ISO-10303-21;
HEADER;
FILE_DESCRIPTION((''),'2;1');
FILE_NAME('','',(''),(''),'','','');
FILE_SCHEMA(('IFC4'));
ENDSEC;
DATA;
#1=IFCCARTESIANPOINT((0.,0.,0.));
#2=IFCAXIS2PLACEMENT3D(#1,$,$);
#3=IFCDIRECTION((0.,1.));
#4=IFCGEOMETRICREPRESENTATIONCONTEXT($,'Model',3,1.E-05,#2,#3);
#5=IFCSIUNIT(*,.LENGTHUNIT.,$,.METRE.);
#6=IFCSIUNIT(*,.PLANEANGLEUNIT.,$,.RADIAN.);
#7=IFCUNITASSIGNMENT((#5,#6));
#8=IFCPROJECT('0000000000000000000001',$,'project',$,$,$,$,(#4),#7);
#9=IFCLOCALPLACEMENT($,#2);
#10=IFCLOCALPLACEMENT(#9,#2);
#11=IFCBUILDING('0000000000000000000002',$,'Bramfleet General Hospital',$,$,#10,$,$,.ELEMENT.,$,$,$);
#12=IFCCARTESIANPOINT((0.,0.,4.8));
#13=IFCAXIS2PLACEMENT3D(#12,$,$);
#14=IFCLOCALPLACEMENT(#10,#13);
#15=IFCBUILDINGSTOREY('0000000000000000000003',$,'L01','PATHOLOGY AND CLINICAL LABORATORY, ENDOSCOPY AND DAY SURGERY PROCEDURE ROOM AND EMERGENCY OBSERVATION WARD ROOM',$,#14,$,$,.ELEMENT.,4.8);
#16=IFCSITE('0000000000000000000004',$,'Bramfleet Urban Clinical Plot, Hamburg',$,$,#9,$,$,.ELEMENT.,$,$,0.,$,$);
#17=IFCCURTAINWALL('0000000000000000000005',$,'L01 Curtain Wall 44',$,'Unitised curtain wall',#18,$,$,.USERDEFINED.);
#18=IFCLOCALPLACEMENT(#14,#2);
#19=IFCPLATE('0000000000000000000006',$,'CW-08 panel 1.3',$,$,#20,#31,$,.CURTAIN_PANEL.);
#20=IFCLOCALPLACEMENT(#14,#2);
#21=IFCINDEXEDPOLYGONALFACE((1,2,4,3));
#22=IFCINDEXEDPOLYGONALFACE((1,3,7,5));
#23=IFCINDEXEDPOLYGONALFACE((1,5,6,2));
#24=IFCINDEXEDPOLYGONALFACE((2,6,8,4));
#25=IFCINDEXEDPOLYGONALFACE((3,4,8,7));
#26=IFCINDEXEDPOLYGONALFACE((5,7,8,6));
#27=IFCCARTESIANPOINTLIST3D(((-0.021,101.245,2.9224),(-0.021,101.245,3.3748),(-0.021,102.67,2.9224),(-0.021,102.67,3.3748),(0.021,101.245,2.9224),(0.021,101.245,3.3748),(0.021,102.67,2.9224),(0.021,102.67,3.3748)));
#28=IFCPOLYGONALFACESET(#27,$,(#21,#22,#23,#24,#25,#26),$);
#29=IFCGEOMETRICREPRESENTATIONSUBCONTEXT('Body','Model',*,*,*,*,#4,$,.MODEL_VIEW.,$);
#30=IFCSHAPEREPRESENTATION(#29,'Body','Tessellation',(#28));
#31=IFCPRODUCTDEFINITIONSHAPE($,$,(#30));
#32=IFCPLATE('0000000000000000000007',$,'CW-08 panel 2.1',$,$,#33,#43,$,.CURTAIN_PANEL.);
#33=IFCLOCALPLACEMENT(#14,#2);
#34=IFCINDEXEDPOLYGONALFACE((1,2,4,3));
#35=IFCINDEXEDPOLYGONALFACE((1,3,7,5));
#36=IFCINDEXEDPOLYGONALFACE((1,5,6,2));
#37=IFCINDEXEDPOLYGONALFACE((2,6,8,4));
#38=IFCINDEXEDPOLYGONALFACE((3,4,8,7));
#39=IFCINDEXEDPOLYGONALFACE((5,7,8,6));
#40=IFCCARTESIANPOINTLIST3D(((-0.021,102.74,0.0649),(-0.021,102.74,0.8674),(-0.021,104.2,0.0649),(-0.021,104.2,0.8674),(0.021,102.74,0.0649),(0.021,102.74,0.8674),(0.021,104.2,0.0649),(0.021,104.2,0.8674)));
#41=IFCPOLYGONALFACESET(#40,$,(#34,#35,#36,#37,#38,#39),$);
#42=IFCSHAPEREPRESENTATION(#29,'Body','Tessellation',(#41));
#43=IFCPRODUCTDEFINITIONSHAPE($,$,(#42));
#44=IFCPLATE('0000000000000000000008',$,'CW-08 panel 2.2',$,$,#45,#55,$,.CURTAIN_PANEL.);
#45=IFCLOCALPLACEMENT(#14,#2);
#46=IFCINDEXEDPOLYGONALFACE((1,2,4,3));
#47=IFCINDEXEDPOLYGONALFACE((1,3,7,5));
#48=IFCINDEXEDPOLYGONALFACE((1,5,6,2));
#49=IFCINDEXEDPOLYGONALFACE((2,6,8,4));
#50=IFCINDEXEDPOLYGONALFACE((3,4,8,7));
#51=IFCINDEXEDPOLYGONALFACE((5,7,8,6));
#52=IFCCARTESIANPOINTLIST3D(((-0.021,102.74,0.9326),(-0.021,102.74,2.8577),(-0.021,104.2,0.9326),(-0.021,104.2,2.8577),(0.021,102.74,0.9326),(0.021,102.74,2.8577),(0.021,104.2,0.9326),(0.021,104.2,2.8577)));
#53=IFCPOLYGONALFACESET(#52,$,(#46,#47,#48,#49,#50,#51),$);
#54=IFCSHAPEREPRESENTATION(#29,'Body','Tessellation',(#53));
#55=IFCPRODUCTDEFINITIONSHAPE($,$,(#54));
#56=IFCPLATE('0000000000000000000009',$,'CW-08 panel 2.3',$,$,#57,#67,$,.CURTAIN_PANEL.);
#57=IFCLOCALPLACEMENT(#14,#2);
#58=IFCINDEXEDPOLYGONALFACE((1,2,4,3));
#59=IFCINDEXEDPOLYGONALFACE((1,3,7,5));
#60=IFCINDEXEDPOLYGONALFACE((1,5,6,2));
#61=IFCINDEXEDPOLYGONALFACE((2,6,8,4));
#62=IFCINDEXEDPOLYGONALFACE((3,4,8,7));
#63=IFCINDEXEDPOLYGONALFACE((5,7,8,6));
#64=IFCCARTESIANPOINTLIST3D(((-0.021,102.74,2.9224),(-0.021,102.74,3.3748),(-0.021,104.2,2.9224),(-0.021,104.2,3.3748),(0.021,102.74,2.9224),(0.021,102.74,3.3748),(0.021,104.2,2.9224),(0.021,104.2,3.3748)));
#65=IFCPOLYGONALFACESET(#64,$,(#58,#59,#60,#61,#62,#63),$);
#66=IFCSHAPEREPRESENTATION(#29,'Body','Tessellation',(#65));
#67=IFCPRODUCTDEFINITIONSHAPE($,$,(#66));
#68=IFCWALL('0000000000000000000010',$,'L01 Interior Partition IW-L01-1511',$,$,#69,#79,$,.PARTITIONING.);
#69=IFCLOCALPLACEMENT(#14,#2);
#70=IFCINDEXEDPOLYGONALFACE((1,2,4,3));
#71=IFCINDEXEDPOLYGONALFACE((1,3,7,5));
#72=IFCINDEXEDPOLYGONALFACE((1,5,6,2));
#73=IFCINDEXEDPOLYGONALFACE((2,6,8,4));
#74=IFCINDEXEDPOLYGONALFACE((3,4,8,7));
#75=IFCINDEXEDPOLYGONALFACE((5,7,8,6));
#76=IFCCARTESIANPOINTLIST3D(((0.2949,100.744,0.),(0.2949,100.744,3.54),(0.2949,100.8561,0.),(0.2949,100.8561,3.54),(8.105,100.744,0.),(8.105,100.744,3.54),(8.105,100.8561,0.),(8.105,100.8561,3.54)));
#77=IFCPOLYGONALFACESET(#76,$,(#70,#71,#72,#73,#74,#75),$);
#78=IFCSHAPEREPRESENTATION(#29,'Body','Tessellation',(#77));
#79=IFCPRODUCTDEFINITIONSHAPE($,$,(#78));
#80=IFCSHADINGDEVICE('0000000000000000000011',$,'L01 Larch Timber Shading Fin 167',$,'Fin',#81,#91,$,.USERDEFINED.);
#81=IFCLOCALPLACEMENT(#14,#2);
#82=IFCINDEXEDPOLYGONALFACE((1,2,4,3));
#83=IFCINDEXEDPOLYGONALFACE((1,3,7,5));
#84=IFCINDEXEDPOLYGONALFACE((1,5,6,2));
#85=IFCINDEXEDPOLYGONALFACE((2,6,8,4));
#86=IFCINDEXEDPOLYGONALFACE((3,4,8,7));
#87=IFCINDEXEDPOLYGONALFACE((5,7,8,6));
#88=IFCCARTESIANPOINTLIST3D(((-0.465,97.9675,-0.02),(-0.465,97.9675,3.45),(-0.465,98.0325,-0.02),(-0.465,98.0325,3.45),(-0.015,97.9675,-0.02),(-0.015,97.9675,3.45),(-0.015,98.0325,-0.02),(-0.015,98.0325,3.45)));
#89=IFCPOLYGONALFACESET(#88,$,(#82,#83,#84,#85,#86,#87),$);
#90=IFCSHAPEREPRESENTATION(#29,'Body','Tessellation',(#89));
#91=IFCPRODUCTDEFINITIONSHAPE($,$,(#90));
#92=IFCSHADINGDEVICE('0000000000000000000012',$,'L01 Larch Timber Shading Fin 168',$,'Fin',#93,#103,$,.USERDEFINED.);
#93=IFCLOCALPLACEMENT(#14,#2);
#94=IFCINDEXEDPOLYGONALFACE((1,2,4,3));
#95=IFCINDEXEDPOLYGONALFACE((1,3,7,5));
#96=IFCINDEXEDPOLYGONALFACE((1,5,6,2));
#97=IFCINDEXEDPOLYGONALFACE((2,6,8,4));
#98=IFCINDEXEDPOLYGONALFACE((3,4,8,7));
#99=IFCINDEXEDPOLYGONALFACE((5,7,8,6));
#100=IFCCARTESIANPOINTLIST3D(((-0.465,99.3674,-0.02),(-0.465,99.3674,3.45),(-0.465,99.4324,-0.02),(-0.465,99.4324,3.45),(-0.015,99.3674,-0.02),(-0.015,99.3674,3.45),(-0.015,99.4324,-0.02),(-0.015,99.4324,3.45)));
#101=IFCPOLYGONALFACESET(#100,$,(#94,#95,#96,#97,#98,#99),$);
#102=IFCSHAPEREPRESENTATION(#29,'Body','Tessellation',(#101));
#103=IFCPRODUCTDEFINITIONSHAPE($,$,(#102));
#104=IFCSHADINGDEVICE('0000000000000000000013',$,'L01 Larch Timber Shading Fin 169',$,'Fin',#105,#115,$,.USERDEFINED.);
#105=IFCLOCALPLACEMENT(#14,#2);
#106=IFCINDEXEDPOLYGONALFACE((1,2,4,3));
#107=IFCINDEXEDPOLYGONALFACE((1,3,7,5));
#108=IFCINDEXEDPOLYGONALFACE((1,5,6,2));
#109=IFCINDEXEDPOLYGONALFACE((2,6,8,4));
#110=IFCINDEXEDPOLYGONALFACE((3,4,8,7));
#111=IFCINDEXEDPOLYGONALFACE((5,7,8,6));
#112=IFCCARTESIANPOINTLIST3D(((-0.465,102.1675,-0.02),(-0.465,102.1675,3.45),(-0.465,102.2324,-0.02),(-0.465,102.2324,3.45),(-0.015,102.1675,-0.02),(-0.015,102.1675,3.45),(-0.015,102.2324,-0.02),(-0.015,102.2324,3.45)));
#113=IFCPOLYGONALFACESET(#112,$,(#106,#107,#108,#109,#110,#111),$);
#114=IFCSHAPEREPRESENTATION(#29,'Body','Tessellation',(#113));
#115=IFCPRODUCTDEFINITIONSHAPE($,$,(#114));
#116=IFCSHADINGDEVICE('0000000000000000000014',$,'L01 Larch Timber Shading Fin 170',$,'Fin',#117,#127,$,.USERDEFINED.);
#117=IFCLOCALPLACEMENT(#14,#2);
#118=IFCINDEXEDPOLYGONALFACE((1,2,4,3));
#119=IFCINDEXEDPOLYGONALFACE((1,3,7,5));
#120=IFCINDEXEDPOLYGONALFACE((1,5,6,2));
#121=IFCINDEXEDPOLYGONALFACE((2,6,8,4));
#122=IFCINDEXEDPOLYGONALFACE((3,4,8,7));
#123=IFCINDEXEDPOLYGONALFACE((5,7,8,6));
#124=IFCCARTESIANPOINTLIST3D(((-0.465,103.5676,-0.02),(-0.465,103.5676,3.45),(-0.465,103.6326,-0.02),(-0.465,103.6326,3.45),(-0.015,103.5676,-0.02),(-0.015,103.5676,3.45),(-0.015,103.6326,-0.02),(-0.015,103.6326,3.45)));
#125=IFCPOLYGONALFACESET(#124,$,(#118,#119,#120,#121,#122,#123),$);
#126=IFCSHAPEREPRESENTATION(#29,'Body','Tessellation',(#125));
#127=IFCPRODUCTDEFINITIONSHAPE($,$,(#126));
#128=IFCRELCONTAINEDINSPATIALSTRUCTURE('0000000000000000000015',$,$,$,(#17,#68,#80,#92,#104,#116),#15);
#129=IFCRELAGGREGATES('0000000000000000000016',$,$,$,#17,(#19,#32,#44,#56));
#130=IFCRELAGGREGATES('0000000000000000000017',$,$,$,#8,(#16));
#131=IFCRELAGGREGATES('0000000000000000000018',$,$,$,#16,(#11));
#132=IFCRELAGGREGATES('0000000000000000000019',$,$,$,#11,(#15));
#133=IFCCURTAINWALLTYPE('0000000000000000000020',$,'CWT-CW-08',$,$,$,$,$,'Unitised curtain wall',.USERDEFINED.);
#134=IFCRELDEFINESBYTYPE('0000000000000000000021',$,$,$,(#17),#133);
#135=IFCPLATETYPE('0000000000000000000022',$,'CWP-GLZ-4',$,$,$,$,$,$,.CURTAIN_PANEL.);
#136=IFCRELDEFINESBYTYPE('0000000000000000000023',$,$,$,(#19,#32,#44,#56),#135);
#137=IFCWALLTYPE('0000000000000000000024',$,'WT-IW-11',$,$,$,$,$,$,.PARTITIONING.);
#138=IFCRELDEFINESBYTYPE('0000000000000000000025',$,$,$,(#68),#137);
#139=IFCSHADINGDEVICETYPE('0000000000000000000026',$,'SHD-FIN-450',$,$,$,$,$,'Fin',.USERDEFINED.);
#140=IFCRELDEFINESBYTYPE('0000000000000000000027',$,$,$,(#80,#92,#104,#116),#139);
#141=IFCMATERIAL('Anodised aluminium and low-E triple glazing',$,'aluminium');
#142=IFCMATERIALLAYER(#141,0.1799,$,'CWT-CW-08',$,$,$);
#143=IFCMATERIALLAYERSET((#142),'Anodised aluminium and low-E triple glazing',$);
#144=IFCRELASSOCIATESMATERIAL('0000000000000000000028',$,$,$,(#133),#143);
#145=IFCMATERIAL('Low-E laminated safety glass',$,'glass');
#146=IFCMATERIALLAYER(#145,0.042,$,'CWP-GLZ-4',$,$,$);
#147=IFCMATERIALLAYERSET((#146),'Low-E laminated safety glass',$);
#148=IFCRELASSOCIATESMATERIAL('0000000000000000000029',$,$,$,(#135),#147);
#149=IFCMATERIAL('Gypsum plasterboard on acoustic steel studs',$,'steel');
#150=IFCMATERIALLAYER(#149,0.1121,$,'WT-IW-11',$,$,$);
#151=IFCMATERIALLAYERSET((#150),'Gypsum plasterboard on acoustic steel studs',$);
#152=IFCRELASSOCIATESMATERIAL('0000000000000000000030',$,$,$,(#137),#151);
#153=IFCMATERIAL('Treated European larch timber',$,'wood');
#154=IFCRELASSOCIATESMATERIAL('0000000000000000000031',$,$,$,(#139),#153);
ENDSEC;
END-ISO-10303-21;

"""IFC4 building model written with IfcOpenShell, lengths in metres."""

from ifc_helpers import new_model, si_unit, direction, frame, frame_2d, origin, origin_2d, place, context, subcontext, project, spatial, rectangle, extrude, material, layer, layer_set, material_profile, profile_set, type_object, element, aggregate, save


model = new_model("IFC4")

# Units and contexts
model_context = context("Model", 3, precision=1e-05, world=origin(), true_north=direction((0.0, 1.0)))
body_context = subcontext(model_context, "Body", "Model", "MODEL_VIEW")
ifc_project = project(units=[si_unit("LENGTHUNIT", "METRE"), si_unit("PLANEANGLEUNIT", "RADIAN")], contexts=[model_context])

# Site, building, storey
site_placement = place(None, origin())
site = spatial("IfcSite", under=ifc_project, at=site_placement, Name="Bramfleet Urban Clinical Plot, Hamburg", CompositionType="ELEMENT", RefElevation=0.0)
building_placement = place(site_placement, origin())
building = spatial("IfcBuilding", under=site, at=building_placement, Name="Bramfleet General Hospital", CompositionType="ELEMENT")
storey_placement = place(building_placement, frame((0.0, 0.0, 4.8)))
storey = spatial("IfcBuildingStorey", under=building, at=storey_placement, Name="L01", Description="PATHOLOGY AND CLINICAL LABORATORY, ENDOSCOPY AND DAY SURGERY PROCEDURE ROOM AND EMERGENCY OBSERVATION WARD ROOM", CompositionType="ELEMENT", Elevation=4.8)

# Curtain wall
ifc_material_1 = material(Name="Anodised aluminium and low-E triple glazing", Category="aluminium")
ifc_layer_1 = layer(ifc_material_1, 0.1799, Name="CWT-CW-08")
ifc_layer_set_1 = layer_set([ifc_layer_1], Name="Anodised aluminium and low-E triple glazing")
curtain_wall_type_1 = type_object("IfcCurtainWallType", Name="CWT-CW-08", ElementType="Unitised curtain wall", PredefinedType="USERDEFINED", material=ifc_layer_set_1)
curtain_wall_1_placement = place(storey_placement, origin())
curtain_wall_1 = element("IfcCurtainWall", 1, at=curtain_wall_1_placement, inside=storey, type_object=curtain_wall_type_1, Name="L01 Curtain Wall 44", ObjectType="Unitised curtain wall", PredefinedType="USERDEFINED")

# Plates
ifc_material_2 = material(Name="Low-E laminated safety glass", Category="glass")
ifc_layer_2 = layer(ifc_material_2, 0.042, Name="CWP-GLZ-4")
ifc_layer_set_2 = layer_set([ifc_layer_2], Name="Low-E laminated safety glass")
plate_type_1 = type_object("IfcPlateType", Name="CWP-GLZ-4", PredefinedType="CURTAIN_PANEL", material=ifc_layer_set_2)
plate_1_placement = place(storey_placement, frame((0.0, 101.9575, 2.9224), z_axis=(0.0, 0.0, 1.0), x_axis=(0.0, 1.0, 0.0)))
plate_1 = element("IfcPlate", 2, at=plate_1_placement, type_object=plate_type_1, Name="CW-08 panel 1.3", PredefinedType="CURTAIN_PANEL", context=body_context, shape_type="SweptSolid", body=[
    extrude(rectangle(XDim=1.425, YDim=0.042, at=origin_2d()), origin(), (0.0, 0.0, 1.0), 0.4524),
])
plate_2_placement = place(storey_placement, frame((0.0, 103.47, 0.0649), z_axis=(0.0, 0.0, 1.0), x_axis=(0.0, 1.0, 0.0)))
plate_2 = element("IfcPlate", 3, at=plate_2_placement, type_object=plate_type_1, Name="CW-08 panel 2.1", PredefinedType="CURTAIN_PANEL", context=body_context, shape_type="SweptSolid", body=[
    extrude(rectangle(XDim=1.46, YDim=0.042, at=origin_2d()), origin(), (0.0, 0.0, 1.0), 0.8025),
])
plate_3_placement = place(storey_placement, frame((0.0, 103.47, 0.9326), z_axis=(0.0, 0.0, 1.0), x_axis=(0.0, 1.0, 0.0)))
plate_3 = element("IfcPlate", 4, at=plate_3_placement, type_object=plate_type_1, Name="CW-08 panel 2.2", PredefinedType="CURTAIN_PANEL", context=body_context, shape_type="SweptSolid", body=[
    extrude(rectangle(XDim=1.46, YDim=0.042, at=origin_2d()), origin(), (0.0, 0.0, 1.0), 1.925),
])
plate_4_placement = place(storey_placement, frame((0.0, 103.47, 2.9224), z_axis=(0.0, 0.0, 1.0), x_axis=(0.0, 1.0, 0.0)))
plate_4 = element("IfcPlate", 5, at=plate_4_placement, type_object=plate_type_1, Name="CW-08 panel 2.3", PredefinedType="CURTAIN_PANEL", context=body_context, shape_type="SweptSolid", body=[
    extrude(rectangle(XDim=1.46, YDim=0.042, at=origin_2d()), origin(), (0.0, 0.0, 1.0), 0.4524),
])
aggregate(curtain_wall_1, [plate_1, plate_2, plate_3, plate_4])

# Wall
ifc_material_3 = material(Name="Gypsum plasterboard on acoustic steel studs", Category="steel")
ifc_layer_3 = layer(ifc_material_3, 0.1121, Name="WT-IW-11")
ifc_layer_set_3 = layer_set([ifc_layer_3], Name="Gypsum plasterboard on acoustic steel studs")
wall_type = type_object("IfcWallType", Name="WT-IW-11", PredefinedType="PARTITIONING", material=ifc_layer_set_3)
wall_placement = place(storey_placement, frame((0.2949, 100.8, 0.0), z_axis=(0.0, 0.0, 1.0), x_axis=(1.0, 0.0, 0.0)))
element("IfcWall", 6, at=wall_placement, inside=storey, type_object=wall_type, Name="L01 Interior Partition IW-L01-1511", PredefinedType="PARTITIONING", context=body_context, shape_type="SweptSolid", body=[
    extrude(rectangle(XDim=7.8101, YDim=0.1121, at=frame_2d((3.905, 0.0))), origin(), (0.0, 0.0, 1.0), 3.54),
])

# Shading devices
ifc_material_4 = material(Name="Treated European larch timber", Category="wood")
ifc_material_profile_1 = material_profile(ifc_material_4, rectangle(XDim=0.0649, YDim=0.45, at=origin_2d()), Name="LARCH FIN 450x65")
ifc_profile_set_1 = profile_set([ifc_material_profile_1], Name="Treated European larch timber")
shading_device_type = type_object("IfcShadingDeviceType", Name="SHD-FIN-450", ElementType="Fin", PredefinedType="USERDEFINED", material=ifc_profile_set_1)
for number, where, z_axis, x_axis, name in (
    (7, (-0.24, 98.0, -0.02), (0.0, 0.0, 1.0), (0.0, 1.0, 0.0), "L01 Larch Timber Shading Fin 167"),
    (8, (-0.24, 99.3999, -0.02), (0.0, 0.0, 1.0), (0.0, 1.0, 0.0), "L01 Larch Timber Shading Fin 168"),
    (9, (-0.24, 102.2, -0.02), (0.0, 0.0, 1.0), (0.0, 1.0, 0.0), "L01 Larch Timber Shading Fin 169"),
    (10, (-0.24, 103.6001, -0.02), (0.0, 0.0, 1.0), (0.0, 1.0, 0.0), "L01 Larch Timber Shading Fin 170"),
):
    element("IfcShadingDevice", number, at=place(storey_placement, frame(where, z_axis=z_axis, x_axis=x_axis)), inside=storey, type_object=shading_device_type, Name=name, ObjectType="Fin", PredefinedType="USERDEFINED", context=body_context, shape_type="SweptSolid", body=[
        extrude(rectangle(XDim=0.0649, YDim=0.45, at=origin_2d()), origin(), (0.0, 0.0, 1.0), 3.47),
    ])

save(model, "model.ifc")
